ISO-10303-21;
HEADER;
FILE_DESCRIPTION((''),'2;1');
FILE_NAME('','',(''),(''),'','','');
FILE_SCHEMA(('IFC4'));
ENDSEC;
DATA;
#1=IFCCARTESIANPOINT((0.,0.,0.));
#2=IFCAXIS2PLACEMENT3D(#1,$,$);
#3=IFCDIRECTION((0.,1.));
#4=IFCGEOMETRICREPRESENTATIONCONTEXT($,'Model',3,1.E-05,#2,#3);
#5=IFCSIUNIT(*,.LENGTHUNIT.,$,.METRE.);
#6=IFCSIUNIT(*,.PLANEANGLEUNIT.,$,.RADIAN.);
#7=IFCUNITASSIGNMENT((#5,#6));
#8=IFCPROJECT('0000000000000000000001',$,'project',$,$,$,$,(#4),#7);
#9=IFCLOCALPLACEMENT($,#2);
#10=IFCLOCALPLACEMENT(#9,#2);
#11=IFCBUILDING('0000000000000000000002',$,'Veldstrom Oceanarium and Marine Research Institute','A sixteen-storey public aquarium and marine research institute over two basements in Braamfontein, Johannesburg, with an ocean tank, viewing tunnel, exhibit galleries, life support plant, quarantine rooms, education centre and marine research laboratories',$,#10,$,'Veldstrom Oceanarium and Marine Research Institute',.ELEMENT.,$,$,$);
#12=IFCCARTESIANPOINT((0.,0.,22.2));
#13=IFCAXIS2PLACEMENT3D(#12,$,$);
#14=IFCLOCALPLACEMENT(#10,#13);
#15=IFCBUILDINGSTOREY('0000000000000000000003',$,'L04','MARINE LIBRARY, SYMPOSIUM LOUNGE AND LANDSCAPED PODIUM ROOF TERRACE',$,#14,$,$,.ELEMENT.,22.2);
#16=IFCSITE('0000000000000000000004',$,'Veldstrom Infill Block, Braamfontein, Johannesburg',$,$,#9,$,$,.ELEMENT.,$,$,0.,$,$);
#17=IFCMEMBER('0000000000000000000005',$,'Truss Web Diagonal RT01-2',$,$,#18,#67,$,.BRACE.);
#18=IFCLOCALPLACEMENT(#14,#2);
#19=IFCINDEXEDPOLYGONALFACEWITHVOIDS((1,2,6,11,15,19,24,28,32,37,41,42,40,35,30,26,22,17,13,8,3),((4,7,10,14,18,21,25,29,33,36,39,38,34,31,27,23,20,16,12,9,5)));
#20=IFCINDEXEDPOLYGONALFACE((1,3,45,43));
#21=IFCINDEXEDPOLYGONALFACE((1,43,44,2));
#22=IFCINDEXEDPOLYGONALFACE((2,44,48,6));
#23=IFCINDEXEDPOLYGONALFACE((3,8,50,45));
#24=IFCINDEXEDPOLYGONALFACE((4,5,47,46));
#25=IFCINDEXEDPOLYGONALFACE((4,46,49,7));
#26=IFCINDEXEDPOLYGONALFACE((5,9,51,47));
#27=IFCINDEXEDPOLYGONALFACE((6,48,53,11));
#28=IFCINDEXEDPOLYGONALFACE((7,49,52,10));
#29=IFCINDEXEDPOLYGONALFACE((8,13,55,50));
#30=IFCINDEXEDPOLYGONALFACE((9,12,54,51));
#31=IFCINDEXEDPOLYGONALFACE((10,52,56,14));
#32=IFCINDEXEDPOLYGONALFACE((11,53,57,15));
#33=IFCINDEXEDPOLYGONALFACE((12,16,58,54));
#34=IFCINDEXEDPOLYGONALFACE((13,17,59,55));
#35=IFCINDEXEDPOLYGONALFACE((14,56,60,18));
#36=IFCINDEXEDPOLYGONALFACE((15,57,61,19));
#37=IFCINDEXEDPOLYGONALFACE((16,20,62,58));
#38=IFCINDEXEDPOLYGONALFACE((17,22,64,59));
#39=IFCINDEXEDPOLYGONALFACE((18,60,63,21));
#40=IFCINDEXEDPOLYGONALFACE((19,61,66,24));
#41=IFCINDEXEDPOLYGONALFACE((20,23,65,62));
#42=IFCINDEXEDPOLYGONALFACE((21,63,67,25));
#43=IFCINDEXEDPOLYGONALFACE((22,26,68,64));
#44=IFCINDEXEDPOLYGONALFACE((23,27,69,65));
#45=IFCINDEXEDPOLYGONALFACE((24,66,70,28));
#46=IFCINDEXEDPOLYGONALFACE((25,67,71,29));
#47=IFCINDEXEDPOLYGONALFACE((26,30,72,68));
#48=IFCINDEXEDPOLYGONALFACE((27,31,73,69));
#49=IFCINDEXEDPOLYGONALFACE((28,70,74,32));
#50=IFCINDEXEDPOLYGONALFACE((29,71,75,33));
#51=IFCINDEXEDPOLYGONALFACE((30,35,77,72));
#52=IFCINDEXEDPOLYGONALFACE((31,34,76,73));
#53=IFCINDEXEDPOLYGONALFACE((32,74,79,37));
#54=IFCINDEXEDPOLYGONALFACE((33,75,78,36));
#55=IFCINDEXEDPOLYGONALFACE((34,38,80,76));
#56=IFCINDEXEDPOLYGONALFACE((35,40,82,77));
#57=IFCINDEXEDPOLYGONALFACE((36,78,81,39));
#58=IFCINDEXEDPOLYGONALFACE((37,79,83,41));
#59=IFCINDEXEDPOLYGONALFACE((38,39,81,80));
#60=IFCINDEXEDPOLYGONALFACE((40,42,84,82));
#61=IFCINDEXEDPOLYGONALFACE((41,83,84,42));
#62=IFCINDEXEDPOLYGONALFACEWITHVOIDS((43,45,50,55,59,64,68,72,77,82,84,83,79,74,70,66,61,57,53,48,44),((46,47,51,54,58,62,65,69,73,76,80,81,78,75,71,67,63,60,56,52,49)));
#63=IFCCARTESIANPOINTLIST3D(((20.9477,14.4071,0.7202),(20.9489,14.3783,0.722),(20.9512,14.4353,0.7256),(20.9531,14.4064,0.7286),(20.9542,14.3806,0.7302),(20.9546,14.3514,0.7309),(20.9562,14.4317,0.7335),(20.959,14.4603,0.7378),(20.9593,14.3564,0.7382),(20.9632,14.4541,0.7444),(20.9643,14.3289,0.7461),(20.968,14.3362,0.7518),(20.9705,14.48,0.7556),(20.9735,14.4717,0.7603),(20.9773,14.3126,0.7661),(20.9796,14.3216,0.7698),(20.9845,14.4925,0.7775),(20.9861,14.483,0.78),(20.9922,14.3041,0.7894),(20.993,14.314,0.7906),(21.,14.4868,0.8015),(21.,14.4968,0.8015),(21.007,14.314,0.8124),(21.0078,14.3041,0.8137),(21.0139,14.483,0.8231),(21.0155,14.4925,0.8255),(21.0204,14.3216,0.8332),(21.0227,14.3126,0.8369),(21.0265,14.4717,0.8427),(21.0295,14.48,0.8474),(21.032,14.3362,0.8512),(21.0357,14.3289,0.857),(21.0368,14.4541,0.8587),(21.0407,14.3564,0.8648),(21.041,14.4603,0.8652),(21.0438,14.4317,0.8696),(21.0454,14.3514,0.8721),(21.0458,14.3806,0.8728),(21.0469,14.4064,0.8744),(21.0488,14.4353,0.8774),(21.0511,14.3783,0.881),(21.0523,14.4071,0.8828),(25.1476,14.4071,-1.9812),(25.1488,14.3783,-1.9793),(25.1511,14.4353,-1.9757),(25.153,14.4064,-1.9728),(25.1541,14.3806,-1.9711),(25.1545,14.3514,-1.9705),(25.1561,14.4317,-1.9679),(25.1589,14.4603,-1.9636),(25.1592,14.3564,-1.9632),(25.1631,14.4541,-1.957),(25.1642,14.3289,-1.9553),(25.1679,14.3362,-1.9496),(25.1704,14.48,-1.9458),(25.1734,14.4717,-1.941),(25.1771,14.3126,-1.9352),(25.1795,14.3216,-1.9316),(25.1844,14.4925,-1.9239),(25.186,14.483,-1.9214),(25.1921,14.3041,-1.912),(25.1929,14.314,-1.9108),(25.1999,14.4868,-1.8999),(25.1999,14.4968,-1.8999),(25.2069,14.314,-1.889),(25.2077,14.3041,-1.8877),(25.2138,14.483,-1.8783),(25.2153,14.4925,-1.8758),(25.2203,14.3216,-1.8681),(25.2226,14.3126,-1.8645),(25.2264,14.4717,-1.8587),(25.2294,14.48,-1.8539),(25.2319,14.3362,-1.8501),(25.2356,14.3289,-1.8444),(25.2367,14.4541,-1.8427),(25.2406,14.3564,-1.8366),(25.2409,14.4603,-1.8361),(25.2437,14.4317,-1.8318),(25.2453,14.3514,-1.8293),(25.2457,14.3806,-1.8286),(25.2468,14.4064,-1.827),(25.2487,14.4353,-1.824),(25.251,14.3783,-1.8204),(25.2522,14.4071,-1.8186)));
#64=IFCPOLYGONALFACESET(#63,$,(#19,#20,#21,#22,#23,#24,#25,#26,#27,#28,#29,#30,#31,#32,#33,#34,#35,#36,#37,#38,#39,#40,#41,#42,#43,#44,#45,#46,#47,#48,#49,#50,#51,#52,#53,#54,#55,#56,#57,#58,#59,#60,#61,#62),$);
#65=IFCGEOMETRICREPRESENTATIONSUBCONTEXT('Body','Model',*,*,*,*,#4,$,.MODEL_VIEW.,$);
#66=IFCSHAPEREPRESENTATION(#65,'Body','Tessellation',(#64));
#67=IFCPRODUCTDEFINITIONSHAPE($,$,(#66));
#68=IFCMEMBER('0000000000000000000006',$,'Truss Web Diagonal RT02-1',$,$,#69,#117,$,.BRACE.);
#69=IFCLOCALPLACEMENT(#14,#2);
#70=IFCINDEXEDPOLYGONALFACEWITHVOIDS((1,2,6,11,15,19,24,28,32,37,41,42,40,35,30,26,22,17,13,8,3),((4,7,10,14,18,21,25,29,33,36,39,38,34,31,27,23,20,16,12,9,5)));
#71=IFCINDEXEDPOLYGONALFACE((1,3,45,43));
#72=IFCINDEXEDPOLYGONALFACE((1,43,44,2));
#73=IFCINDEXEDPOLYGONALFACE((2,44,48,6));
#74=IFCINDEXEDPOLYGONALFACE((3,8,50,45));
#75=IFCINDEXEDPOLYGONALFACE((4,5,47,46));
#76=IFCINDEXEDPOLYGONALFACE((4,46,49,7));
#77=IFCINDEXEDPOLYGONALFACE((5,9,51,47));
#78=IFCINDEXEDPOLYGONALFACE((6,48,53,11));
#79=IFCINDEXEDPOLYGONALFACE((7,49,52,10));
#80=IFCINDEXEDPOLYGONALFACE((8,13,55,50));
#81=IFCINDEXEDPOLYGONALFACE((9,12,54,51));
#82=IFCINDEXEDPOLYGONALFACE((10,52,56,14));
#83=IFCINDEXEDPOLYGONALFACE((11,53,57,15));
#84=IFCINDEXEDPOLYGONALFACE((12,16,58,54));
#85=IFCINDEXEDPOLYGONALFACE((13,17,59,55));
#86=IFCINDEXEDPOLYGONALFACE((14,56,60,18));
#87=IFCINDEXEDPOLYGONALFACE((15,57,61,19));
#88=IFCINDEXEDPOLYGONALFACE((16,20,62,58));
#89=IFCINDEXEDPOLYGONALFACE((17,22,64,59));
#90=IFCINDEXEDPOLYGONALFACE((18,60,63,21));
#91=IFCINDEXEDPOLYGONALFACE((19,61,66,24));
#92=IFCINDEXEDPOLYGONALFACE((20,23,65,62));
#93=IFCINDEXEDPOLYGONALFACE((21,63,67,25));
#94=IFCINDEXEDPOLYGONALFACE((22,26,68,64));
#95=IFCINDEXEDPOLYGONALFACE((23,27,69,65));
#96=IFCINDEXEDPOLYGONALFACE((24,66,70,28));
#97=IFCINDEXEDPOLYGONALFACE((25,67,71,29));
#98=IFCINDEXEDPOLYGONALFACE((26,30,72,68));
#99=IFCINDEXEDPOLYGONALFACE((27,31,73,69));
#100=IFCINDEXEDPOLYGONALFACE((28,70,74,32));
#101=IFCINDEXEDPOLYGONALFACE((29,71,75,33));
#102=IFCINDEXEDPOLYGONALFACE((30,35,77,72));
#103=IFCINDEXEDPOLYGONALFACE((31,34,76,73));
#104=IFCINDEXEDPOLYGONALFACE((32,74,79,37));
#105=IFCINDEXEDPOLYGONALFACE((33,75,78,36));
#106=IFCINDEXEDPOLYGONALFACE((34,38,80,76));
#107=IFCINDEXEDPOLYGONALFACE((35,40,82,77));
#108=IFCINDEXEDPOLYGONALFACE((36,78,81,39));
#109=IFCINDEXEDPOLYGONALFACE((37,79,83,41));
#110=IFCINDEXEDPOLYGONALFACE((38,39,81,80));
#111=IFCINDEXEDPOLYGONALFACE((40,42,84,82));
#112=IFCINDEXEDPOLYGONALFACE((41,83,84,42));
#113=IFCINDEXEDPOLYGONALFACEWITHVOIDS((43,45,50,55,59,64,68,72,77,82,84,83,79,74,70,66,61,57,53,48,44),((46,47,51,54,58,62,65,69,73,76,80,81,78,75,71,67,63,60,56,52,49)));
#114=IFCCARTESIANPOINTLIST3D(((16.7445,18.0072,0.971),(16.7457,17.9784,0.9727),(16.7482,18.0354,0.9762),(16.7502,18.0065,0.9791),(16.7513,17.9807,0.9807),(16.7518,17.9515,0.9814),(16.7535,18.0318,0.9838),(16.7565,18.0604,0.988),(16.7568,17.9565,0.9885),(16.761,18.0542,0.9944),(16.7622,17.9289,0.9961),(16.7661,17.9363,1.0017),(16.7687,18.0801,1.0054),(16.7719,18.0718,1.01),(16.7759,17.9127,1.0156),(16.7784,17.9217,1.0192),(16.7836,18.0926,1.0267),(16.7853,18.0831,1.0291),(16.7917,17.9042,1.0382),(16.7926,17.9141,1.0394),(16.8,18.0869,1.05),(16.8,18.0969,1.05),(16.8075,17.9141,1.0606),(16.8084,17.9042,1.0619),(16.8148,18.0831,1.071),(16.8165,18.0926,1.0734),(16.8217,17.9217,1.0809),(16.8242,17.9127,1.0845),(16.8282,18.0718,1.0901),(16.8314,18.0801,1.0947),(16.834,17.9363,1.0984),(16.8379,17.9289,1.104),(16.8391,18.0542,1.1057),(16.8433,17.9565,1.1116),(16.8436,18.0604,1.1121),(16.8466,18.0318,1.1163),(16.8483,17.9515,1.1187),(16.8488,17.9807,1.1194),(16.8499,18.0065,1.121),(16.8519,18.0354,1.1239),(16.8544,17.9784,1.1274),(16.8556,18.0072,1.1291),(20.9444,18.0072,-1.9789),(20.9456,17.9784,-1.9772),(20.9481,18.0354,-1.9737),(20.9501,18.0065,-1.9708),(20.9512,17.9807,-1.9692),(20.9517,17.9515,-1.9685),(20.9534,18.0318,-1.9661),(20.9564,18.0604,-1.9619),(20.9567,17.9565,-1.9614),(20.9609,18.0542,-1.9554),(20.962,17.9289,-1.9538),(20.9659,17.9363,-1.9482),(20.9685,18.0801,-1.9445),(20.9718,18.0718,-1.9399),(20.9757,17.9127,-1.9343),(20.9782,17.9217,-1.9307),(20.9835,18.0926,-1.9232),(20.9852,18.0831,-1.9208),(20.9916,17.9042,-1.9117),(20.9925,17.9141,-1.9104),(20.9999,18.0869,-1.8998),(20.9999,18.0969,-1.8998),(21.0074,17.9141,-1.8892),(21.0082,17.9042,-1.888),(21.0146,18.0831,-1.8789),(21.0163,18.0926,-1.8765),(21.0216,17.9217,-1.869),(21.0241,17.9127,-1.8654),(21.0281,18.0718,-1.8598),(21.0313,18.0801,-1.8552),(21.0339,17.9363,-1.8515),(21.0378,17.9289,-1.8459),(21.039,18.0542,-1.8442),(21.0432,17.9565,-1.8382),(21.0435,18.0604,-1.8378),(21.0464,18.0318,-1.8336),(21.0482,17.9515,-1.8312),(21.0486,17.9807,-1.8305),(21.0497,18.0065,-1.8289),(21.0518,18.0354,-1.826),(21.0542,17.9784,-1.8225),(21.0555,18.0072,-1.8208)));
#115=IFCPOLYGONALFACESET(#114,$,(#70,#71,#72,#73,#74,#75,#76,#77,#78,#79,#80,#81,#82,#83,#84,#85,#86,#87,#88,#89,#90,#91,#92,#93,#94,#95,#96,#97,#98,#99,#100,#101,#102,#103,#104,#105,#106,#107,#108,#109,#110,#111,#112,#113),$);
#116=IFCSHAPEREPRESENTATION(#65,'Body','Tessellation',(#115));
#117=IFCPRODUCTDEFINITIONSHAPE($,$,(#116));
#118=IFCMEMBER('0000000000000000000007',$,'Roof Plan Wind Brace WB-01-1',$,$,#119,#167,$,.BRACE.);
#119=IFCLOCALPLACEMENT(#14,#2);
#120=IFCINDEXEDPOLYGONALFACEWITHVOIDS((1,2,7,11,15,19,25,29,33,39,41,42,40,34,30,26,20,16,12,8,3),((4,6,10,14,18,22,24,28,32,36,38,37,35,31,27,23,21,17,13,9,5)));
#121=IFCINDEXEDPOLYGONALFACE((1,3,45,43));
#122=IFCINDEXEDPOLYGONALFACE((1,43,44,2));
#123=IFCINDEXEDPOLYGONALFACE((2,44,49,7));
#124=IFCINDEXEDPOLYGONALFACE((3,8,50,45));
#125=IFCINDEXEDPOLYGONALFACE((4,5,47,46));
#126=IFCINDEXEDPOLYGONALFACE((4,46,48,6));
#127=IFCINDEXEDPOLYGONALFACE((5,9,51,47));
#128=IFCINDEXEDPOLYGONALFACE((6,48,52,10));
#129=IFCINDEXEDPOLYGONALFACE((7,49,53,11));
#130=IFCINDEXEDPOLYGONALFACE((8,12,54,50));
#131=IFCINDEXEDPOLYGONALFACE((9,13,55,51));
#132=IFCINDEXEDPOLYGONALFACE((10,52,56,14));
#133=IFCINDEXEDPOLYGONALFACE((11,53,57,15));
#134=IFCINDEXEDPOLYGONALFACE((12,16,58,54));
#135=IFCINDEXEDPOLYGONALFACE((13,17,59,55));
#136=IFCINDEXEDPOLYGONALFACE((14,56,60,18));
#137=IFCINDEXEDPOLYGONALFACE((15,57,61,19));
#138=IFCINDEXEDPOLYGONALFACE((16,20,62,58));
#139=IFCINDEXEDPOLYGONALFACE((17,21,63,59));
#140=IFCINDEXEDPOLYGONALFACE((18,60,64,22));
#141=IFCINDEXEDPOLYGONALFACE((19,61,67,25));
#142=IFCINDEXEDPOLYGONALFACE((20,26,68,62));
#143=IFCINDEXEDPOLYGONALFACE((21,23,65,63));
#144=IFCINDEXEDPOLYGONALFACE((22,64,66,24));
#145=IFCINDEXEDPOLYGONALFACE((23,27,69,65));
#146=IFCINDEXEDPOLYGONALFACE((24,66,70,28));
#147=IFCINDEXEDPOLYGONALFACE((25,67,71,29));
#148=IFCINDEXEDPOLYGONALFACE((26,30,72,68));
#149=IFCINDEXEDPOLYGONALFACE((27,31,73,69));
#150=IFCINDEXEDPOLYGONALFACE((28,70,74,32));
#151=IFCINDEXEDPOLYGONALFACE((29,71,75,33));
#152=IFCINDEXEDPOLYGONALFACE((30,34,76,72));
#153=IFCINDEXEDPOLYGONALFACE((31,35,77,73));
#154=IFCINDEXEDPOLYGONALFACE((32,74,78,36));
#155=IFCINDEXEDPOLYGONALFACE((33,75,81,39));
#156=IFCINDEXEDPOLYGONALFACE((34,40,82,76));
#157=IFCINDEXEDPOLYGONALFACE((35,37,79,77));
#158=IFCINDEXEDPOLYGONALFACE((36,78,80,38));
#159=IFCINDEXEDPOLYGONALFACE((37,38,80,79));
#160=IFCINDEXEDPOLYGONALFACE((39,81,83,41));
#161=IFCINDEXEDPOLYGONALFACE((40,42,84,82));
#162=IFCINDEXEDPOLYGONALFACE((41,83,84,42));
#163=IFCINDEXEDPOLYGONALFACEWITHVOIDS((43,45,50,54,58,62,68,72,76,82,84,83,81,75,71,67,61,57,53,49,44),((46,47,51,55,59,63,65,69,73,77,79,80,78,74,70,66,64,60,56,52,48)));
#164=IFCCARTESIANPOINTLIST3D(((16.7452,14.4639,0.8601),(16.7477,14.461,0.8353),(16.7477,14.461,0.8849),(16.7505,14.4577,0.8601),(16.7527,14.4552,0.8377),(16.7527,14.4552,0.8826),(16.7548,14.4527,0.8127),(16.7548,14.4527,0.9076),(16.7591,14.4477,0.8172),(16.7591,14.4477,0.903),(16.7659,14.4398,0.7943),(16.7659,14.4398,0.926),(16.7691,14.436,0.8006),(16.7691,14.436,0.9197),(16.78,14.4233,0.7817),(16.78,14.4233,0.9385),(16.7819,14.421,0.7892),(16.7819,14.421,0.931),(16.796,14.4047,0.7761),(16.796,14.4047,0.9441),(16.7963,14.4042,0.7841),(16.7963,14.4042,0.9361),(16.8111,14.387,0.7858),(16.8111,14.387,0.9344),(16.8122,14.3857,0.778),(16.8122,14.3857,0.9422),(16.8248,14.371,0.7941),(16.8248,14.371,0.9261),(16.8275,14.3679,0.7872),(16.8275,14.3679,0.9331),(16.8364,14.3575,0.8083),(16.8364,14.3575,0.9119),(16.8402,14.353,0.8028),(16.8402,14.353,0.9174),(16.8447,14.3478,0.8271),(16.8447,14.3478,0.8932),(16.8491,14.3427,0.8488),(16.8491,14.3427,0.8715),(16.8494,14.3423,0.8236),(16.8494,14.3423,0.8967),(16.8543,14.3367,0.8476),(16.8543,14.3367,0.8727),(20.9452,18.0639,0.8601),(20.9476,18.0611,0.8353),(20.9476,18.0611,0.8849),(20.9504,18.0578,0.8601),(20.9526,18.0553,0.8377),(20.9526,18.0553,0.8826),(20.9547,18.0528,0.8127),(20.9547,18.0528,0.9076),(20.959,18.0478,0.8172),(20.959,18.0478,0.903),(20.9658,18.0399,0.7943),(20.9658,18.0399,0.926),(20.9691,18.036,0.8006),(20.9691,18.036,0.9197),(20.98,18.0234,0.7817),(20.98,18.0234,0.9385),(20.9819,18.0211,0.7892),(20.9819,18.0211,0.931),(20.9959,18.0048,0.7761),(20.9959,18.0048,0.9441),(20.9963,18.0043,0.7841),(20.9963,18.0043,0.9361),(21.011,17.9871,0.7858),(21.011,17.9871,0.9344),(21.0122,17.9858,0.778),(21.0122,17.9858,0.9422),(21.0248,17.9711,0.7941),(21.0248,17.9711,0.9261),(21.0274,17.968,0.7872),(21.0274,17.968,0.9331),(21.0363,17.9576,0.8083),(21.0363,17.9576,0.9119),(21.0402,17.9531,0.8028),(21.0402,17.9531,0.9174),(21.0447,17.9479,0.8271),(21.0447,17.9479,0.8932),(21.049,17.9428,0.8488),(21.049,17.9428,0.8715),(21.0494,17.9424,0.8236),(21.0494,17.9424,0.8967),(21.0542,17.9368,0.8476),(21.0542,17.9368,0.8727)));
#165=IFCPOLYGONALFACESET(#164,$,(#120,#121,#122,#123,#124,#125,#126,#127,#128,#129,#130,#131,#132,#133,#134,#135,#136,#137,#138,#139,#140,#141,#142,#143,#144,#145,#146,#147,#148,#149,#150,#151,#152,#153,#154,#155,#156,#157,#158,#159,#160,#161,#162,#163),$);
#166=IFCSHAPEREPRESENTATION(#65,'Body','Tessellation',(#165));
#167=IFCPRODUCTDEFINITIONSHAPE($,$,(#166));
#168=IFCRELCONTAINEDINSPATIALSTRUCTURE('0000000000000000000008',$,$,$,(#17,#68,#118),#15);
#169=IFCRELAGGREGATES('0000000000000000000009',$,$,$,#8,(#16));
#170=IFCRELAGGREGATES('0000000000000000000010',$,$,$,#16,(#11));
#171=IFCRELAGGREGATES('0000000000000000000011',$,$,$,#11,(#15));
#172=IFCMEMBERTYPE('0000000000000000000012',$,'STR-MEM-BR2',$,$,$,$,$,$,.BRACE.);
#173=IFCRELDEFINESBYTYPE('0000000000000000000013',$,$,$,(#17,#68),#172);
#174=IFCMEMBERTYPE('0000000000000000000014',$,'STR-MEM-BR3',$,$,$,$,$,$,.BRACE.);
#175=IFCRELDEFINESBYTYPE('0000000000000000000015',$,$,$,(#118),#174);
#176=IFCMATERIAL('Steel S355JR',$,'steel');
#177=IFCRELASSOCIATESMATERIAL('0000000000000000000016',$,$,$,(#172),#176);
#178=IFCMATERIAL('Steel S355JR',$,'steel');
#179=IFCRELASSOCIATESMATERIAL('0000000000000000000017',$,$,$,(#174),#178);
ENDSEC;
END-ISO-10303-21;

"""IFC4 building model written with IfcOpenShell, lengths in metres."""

from ifc_helpers import new_model, si_unit, direction, frame, origin, origin_2d, place, context, subcontext, project, spatial, hollow_circle, extrude, material, material_profile, profile_set, type_object, element, save


model = new_model("IFC4")

# Units and contexts
model_context = context("Model", 3, precision=1e-05, world=origin(), true_north=direction((0.0, 1.0)))
body_context = subcontext(model_context, "Body", "Model", "MODEL_VIEW")
ifc_project = project(units=[si_unit("LENGTHUNIT", "METRE"), si_unit("PLANEANGLEUNIT", "RADIAN")], contexts=[model_context])

# Site, building, storey
site_placement = place(None, origin())
site = spatial("IfcSite", under=ifc_project, at=site_placement, Name="Veldstrom Infill Block, Braamfontein, Johannesburg", CompositionType="ELEMENT", RefElevation=0.0)
building_placement = place(site_placement, origin())
building = spatial("IfcBuilding", under=site, at=building_placement, Name="Veldstrom Oceanarium and Marine Research Institute", Description="A sixteen-storey public aquarium and marine research institute over two basements in Braamfontein, Johannesburg, with an ocean tank, viewing tunnel, exhibit galleries, life support plant, quarantine rooms, education centre and marine research laboratories", LongName="Veldstrom Oceanarium and Marine Research Institute", CompositionType="ELEMENT")
storey_placement = place(building_placement, frame((0.0, 0.0, 22.2)))
storey = spatial("IfcBuildingStorey", under=building, at=storey_placement, Name="L04", Description="MARINE LIBRARY, SYMPOSIUM LOUNGE AND LANDSCAPED PODIUM ROOF TERRACE", CompositionType="ELEMENT", Elevation=22.2)

# Members
ifc_material_1 = material(Name="Steel S355JR", Category="steel")
ifc_material_profile_1 = material_profile(ifc_material_1, hollow_circle(Radius=0.0969, WallThickness=0.01, at=origin_2d()), Name="CHS 193.7x10")
ifc_profile_set_1 = profile_set([ifc_material_profile_1], Name="Steel S355JR")
member_type_1 = type_object("IfcMemberType", Name="STR-MEM-BR2", PredefinedType="BRACE", material=ifc_profile_set_1)
member_1_placement = place(storey_placement, frame((21.0, 14.3999, 0.8015), z_axis=(0.841047, 0.0, -0.540963), x_axis=(0.0, 1.0, 0.0)))
element("IfcMember", 1, at=member_1_placement, inside=storey, type_object=member_type_1, Name="Truss Web Diagonal RT01-2", PredefinedType="BRACE", context=body_context, shape_type="SweptSolid", body=[
    extrude(hollow_circle(Radius=0.0969, WallThickness=0.01, at=origin_2d()), origin(), (0.0, 0.0, 1.0), 4.9937),
])
member_2_placement = place(storey_placement, frame((16.8, 18.0, 1.05), z_axis=(0.818317, 0.0, -0.574767), x_axis=(0.0, 1.0, 0.0)))
element("IfcMember", 2, at=member_2_placement, inside=storey, type_object=member_type_1, Name="Truss Web Diagonal RT02-1", PredefinedType="BRACE", context=body_context, shape_type="SweptSolid", body=[
    extrude(hollow_circle(Radius=0.0969, WallThickness=0.01, at=origin_2d()), origin(), (0.0, 0.0, 1.0), 5.1323),
])
ifc_material_2 = material(Name="Steel S355JR", Category="steel")
ifc_material_profile_2 = material_profile(ifc_material_2, hollow_circle(Radius=0.0842, WallThickness=0.0081, at=origin_2d()), Name="CHS 168.3x8")
ifc_profile_set_2 = profile_set([ifc_material_profile_2], Name="Steel S355JR")
member_type_2 = type_object("IfcMemberType", Name="STR-MEM-BR3", PredefinedType="BRACE", material=ifc_profile_set_2)
for number, where, z_axis, x_axis, name in (
    (3, (16.8, 14.3999, 0.8601), (0.759244, 0.650806, 0.0), (-0.650806, 0.759244, 0.0), "Roof Plan Wind Brace WB-01-1"),
):
    element("IfcMember", number, at=place(storey_placement, frame(where, z_axis=z_axis, x_axis=x_axis)), inside=storey, type_object=member_type_2, Name=name, PredefinedType="BRACE", context=body_context, shape_type="SweptSolid", body=[
        extrude(hollow_circle(Radius=0.0842, WallThickness=0.0081, at=origin_2d()), origin(), (0.0, 0.0, 1.0), 5.5317),
    ])

save(model, "model.ifc")
